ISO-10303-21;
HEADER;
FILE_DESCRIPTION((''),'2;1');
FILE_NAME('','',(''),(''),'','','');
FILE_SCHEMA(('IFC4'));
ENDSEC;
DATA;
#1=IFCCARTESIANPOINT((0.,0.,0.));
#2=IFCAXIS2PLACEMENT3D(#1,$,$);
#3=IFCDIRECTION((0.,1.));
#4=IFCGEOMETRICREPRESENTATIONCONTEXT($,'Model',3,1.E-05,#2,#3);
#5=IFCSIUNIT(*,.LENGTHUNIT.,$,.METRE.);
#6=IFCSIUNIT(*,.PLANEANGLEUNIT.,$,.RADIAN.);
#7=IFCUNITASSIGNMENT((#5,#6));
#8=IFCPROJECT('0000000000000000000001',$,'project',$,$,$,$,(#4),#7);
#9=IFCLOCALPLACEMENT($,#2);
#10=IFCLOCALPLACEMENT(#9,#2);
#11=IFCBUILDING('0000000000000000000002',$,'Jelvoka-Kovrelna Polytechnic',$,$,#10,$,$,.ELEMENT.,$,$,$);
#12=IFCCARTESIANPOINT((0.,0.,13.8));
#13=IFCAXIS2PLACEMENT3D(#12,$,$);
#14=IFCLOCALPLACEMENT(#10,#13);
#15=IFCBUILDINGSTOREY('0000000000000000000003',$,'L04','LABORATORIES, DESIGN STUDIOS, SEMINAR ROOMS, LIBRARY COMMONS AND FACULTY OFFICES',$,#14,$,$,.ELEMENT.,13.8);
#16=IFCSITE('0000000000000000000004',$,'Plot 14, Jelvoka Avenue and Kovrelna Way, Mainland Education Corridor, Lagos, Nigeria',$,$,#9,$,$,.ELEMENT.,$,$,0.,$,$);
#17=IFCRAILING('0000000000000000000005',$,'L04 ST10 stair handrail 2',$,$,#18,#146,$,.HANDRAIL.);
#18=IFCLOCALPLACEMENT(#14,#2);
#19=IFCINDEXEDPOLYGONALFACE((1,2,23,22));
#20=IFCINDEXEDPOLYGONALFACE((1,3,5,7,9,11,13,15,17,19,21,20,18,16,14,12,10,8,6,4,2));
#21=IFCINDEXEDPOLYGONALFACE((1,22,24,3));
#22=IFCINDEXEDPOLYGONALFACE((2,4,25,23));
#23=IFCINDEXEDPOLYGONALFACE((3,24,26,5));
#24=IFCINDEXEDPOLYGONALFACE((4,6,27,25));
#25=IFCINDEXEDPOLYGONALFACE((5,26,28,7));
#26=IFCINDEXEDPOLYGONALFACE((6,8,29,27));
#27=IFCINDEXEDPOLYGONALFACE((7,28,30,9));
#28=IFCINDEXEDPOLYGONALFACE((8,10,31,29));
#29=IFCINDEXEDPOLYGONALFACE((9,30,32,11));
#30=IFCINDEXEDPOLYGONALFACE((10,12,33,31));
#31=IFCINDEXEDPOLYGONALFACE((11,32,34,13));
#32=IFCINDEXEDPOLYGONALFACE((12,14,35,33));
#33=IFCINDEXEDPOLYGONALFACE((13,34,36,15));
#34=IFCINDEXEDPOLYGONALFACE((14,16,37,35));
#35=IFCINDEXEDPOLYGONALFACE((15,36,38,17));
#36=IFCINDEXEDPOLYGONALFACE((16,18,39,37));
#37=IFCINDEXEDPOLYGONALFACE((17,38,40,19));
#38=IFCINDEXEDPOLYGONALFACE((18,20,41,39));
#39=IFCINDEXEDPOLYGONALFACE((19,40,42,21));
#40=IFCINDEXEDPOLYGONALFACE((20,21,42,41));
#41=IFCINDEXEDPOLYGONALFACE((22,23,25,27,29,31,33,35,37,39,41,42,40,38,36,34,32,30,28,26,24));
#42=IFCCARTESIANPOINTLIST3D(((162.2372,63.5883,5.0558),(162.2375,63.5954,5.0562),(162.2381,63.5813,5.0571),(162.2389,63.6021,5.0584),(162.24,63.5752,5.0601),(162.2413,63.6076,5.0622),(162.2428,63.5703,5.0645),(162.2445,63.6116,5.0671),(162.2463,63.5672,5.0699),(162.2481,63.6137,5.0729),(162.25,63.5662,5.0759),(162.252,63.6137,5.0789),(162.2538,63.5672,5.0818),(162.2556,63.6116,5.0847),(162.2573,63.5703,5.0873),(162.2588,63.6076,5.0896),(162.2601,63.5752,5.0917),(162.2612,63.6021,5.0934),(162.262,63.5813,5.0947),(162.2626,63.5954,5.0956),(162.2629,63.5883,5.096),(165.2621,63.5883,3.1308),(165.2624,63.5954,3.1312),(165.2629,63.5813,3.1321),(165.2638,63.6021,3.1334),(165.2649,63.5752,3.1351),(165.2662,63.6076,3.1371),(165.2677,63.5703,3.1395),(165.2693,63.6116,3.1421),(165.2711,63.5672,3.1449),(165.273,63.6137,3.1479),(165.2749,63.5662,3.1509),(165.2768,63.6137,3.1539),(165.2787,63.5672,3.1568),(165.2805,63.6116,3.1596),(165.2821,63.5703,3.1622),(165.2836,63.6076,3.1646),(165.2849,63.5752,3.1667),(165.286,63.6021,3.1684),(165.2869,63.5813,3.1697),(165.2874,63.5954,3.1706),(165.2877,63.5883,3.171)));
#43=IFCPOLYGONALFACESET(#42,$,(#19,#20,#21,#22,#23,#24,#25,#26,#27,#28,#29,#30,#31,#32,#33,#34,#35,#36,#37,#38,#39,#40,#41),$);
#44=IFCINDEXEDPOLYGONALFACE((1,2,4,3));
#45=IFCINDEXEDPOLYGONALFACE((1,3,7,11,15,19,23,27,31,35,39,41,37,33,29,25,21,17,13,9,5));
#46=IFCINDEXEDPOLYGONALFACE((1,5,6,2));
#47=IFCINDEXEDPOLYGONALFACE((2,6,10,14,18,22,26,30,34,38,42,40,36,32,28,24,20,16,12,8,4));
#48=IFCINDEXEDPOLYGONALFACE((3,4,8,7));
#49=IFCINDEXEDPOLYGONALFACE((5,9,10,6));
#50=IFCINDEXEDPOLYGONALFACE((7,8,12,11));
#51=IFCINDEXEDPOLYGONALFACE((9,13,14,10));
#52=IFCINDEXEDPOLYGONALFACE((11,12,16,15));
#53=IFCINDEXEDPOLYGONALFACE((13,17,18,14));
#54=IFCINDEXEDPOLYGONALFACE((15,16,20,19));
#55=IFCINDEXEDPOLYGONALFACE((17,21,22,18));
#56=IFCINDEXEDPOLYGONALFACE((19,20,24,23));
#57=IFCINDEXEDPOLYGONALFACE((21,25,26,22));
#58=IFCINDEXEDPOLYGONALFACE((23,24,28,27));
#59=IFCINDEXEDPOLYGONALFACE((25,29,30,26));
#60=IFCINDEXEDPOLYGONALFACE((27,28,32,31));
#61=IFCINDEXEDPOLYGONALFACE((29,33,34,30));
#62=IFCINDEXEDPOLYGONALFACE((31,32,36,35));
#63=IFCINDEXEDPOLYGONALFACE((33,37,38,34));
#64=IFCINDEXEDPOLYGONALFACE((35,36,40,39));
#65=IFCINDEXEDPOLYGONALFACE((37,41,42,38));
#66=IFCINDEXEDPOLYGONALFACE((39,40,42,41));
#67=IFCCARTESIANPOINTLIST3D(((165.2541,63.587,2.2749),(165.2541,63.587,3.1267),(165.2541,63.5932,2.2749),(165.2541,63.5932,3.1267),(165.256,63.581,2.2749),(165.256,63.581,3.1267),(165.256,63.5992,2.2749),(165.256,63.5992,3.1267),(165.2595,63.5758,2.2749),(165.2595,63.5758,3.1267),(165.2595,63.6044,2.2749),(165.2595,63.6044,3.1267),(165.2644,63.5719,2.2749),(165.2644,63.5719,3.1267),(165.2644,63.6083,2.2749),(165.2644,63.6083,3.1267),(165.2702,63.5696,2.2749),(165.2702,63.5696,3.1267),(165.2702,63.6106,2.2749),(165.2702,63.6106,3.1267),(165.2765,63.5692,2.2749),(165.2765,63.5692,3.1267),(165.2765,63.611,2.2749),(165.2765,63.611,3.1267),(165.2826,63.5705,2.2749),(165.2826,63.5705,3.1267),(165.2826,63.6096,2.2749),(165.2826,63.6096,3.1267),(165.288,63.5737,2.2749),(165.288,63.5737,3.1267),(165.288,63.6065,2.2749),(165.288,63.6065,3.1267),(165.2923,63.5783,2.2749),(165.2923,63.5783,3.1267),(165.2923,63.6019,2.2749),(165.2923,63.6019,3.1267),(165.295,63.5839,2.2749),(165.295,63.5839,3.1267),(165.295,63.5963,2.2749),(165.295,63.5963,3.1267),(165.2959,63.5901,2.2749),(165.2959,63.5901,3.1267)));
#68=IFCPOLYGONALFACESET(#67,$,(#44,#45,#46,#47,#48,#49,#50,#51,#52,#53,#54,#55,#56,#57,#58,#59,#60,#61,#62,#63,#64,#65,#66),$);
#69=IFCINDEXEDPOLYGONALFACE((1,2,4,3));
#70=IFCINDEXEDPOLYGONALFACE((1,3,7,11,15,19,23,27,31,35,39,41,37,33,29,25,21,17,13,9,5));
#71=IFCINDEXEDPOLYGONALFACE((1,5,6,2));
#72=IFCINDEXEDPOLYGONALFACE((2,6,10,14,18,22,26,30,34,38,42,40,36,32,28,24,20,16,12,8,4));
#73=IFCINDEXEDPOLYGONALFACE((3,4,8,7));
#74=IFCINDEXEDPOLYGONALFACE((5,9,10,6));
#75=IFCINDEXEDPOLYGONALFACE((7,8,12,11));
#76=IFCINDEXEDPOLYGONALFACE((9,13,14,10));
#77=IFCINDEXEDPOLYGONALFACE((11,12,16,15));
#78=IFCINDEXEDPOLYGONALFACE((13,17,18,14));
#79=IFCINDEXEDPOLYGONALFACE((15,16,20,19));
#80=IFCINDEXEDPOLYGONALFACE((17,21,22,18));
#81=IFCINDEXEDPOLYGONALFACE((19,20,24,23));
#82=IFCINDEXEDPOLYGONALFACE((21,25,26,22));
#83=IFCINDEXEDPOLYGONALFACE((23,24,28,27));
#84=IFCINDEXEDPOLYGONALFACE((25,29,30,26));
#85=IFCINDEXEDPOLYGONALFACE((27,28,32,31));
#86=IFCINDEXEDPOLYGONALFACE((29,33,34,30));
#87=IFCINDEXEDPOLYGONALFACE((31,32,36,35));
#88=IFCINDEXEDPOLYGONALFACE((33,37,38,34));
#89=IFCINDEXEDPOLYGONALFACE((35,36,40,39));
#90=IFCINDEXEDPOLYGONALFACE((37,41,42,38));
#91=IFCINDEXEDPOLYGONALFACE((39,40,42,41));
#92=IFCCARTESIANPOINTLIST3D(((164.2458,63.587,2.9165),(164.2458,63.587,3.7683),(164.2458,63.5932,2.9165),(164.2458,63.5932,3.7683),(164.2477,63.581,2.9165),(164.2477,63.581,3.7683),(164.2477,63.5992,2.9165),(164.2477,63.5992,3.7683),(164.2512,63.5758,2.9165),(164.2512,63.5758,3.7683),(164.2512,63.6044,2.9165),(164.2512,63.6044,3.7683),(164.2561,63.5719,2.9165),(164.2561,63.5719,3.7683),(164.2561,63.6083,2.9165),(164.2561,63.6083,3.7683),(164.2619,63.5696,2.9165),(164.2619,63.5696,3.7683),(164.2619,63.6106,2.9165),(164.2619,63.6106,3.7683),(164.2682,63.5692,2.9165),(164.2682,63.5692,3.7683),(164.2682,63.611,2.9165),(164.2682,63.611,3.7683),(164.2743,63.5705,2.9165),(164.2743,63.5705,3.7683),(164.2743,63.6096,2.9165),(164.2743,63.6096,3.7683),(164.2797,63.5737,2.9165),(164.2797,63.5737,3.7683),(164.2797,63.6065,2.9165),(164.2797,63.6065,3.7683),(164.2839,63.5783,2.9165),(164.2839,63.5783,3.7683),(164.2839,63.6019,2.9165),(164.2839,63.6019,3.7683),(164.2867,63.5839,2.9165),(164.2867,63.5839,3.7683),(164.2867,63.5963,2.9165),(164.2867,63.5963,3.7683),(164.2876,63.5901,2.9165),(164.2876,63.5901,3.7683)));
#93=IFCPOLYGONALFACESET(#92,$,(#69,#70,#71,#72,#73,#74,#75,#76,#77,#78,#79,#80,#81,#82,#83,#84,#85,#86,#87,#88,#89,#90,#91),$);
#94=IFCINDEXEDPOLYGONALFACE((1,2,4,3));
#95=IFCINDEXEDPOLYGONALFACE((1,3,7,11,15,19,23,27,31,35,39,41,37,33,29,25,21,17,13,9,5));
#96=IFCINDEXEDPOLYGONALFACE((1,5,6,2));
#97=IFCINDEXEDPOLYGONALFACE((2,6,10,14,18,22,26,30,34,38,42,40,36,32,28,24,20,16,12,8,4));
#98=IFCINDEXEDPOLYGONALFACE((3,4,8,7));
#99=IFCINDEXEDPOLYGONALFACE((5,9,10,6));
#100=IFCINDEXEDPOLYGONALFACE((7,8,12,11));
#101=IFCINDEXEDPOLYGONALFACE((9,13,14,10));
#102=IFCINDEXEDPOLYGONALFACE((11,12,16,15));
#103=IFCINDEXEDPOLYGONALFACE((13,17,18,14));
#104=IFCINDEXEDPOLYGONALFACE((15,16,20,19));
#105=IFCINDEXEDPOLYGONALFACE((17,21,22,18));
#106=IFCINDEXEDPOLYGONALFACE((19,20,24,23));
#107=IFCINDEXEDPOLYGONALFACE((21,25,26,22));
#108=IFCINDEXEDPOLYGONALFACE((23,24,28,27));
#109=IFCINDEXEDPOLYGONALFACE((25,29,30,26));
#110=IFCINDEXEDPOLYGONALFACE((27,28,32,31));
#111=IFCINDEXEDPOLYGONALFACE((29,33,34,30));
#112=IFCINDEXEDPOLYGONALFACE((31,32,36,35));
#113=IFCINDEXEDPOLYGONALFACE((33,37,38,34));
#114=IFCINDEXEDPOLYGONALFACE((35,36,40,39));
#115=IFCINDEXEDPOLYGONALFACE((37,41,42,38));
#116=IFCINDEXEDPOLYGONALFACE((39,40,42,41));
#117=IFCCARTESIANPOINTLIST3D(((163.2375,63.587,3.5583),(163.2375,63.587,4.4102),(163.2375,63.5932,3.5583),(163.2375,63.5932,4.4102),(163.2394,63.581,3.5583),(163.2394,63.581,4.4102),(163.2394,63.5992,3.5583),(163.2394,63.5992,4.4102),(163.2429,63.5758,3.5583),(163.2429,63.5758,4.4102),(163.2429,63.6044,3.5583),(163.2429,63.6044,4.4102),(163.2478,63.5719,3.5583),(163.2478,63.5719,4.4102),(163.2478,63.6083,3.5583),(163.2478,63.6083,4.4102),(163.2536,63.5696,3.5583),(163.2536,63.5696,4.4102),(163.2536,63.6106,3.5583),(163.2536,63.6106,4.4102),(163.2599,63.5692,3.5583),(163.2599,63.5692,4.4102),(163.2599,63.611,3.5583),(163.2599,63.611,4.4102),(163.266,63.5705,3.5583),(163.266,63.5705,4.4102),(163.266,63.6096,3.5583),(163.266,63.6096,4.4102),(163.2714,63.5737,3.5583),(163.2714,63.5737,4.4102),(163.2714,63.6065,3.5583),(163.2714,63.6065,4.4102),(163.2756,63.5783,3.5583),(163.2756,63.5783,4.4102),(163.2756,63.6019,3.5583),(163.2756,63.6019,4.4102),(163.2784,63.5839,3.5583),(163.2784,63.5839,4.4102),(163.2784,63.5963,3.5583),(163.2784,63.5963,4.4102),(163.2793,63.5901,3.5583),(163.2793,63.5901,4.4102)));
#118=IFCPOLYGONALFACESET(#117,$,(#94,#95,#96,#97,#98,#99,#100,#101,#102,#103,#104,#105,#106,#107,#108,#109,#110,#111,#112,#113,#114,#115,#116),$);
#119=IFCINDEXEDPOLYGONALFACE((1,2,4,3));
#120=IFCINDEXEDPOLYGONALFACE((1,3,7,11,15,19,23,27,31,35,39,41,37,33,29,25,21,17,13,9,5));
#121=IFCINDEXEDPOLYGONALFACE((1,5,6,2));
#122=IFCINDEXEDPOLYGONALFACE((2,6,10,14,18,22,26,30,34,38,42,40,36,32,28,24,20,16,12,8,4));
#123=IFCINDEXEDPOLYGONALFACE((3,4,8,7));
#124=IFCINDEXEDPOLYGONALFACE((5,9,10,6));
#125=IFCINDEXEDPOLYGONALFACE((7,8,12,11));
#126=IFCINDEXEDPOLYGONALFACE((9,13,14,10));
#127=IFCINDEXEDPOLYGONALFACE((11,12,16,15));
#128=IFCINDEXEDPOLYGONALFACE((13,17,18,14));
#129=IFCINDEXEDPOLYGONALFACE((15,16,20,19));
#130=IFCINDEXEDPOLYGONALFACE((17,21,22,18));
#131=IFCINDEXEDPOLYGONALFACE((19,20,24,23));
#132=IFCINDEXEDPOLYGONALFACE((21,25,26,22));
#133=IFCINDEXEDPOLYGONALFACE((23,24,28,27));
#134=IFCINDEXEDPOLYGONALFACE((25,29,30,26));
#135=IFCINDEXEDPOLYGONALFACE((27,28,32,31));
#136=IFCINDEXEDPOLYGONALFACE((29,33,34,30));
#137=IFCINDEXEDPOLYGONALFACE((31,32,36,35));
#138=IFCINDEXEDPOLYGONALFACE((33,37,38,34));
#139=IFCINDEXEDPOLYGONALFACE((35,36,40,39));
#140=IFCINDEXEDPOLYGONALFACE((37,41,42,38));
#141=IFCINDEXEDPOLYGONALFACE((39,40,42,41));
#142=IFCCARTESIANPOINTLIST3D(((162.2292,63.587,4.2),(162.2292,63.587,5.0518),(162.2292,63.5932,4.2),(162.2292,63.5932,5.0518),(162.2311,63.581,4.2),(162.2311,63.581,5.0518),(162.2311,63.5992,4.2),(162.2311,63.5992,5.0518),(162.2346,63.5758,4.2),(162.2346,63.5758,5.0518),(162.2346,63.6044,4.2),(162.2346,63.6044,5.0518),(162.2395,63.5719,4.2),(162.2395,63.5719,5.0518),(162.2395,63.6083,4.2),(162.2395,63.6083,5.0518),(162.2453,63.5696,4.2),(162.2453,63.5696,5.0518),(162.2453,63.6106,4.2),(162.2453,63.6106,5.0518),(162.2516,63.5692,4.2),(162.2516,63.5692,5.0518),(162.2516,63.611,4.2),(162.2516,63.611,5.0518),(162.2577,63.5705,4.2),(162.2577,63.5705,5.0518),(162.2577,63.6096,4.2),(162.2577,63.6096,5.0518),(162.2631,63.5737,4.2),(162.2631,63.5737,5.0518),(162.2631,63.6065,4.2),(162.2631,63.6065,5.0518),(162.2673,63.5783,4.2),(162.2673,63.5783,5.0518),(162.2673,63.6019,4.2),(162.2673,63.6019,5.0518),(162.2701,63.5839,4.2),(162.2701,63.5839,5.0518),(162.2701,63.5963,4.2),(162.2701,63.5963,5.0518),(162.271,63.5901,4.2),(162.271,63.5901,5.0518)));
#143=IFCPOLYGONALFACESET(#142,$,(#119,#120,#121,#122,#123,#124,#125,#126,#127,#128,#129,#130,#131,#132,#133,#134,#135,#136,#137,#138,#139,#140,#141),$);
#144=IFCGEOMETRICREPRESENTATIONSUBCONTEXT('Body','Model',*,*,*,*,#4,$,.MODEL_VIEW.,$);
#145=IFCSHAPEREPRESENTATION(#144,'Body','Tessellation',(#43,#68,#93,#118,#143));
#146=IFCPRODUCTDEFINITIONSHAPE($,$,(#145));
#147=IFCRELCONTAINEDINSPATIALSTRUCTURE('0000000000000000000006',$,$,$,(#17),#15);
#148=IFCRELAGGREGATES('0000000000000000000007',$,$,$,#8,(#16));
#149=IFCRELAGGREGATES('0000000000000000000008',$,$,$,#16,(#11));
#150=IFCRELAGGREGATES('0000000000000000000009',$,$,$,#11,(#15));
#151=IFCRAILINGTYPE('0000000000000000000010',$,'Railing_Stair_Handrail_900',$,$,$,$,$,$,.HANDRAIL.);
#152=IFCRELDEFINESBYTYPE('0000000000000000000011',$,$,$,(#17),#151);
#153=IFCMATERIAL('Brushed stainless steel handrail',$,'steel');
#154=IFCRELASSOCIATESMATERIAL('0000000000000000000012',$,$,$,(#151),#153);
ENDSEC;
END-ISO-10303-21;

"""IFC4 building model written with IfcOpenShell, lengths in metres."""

from ifc_helpers import new_model, si_unit, direction, frame, origin, origin_2d, place, context, subcontext, project, spatial, circle, extrude, material, type_object, element, save


model = new_model("IFC4")

# Units and contexts
model_context = context("Model", 3, precision=1e-05, world=origin(), true_north=direction((0.0, 1.0)))
body_context = subcontext(model_context, "Body", "Model", "MODEL_VIEW")
ifc_project = project(units=[si_unit("LENGTHUNIT", "METRE"), si_unit("PLANEANGLEUNIT", "RADIAN")], contexts=[model_context])

# Site, building, storey
site_placement = place(None, origin())
site = spatial("IfcSite", under=ifc_project, at=site_placement, Name="Plot 14, Jelvoka Avenue and Kovrelna Way, Mainland Education Corridor, Lagos, Nigeria", CompositionType="ELEMENT", RefElevation=0.0)
building_placement = place(site_placement, origin())
building = spatial("IfcBuilding", under=site, at=building_placement, Name="Jelvoka-Kovrelna Polytechnic", CompositionType="ELEMENT")
storey_placement = place(building_placement, frame((0.0, 0.0, 13.8)))
storey = spatial("IfcBuildingStorey", under=building, at=storey_placement, Name="L04", Description="LABORATORIES, DESIGN STUDIOS, SEMINAR ROOMS, LIBRARY COMMONS AND FACULTY OFFICES", CompositionType="ELEMENT", Elevation=13.8)

# Railing
ifc_material_1 = material(Name="Brushed stainless steel handrail", Category="steel")
railing_type_1 = type_object("IfcRailingType", Name="Railing_Stair_Handrail_900", PredefinedType="HANDRAIL", material=ifc_material_1)
railing_1_placement = place(storey_placement, frame((165.2749, 63.5901, 2.2749)))
element("IfcRailing", 1, at=railing_1_placement, inside=storey, type_object=railing_type_1, Name="L04 ST10 stair handrail 2", PredefinedType="HANDRAIL", context=body_context, shape_type="SweptSolid", body=[
    extrude(circle(Radius=0.0239, at=origin_2d()), frame((0.0, 0.0, 0.876), z_axis=(-0.843647, 0.0, 0.536898), x_axis=(0.0, -1.0, 0.0)), (0.0, 0.0, 1.0), 3.5854),
    extrude(circle(Radius=0.021, at=origin_2d()), origin(), (0.0, 0.0, 1.0), 0.8518),
    extrude(circle(Radius=0.021, at=origin_2d()), frame((-1.0083, 0.0, 0.6416)), (0.0, 0.0, 1.0), 0.8518),
    extrude(circle(Radius=0.021, at=origin_2d()), frame((-2.0166, 0.0, 1.2834)), (0.0, 0.0, 1.0), 0.8518),
    extrude(circle(Radius=0.021, at=origin_2d()), frame((-3.0249, 0.0, 1.925)), (0.0, 0.0, 1.0), 0.8518),
])

save(model, "model.ifc")
